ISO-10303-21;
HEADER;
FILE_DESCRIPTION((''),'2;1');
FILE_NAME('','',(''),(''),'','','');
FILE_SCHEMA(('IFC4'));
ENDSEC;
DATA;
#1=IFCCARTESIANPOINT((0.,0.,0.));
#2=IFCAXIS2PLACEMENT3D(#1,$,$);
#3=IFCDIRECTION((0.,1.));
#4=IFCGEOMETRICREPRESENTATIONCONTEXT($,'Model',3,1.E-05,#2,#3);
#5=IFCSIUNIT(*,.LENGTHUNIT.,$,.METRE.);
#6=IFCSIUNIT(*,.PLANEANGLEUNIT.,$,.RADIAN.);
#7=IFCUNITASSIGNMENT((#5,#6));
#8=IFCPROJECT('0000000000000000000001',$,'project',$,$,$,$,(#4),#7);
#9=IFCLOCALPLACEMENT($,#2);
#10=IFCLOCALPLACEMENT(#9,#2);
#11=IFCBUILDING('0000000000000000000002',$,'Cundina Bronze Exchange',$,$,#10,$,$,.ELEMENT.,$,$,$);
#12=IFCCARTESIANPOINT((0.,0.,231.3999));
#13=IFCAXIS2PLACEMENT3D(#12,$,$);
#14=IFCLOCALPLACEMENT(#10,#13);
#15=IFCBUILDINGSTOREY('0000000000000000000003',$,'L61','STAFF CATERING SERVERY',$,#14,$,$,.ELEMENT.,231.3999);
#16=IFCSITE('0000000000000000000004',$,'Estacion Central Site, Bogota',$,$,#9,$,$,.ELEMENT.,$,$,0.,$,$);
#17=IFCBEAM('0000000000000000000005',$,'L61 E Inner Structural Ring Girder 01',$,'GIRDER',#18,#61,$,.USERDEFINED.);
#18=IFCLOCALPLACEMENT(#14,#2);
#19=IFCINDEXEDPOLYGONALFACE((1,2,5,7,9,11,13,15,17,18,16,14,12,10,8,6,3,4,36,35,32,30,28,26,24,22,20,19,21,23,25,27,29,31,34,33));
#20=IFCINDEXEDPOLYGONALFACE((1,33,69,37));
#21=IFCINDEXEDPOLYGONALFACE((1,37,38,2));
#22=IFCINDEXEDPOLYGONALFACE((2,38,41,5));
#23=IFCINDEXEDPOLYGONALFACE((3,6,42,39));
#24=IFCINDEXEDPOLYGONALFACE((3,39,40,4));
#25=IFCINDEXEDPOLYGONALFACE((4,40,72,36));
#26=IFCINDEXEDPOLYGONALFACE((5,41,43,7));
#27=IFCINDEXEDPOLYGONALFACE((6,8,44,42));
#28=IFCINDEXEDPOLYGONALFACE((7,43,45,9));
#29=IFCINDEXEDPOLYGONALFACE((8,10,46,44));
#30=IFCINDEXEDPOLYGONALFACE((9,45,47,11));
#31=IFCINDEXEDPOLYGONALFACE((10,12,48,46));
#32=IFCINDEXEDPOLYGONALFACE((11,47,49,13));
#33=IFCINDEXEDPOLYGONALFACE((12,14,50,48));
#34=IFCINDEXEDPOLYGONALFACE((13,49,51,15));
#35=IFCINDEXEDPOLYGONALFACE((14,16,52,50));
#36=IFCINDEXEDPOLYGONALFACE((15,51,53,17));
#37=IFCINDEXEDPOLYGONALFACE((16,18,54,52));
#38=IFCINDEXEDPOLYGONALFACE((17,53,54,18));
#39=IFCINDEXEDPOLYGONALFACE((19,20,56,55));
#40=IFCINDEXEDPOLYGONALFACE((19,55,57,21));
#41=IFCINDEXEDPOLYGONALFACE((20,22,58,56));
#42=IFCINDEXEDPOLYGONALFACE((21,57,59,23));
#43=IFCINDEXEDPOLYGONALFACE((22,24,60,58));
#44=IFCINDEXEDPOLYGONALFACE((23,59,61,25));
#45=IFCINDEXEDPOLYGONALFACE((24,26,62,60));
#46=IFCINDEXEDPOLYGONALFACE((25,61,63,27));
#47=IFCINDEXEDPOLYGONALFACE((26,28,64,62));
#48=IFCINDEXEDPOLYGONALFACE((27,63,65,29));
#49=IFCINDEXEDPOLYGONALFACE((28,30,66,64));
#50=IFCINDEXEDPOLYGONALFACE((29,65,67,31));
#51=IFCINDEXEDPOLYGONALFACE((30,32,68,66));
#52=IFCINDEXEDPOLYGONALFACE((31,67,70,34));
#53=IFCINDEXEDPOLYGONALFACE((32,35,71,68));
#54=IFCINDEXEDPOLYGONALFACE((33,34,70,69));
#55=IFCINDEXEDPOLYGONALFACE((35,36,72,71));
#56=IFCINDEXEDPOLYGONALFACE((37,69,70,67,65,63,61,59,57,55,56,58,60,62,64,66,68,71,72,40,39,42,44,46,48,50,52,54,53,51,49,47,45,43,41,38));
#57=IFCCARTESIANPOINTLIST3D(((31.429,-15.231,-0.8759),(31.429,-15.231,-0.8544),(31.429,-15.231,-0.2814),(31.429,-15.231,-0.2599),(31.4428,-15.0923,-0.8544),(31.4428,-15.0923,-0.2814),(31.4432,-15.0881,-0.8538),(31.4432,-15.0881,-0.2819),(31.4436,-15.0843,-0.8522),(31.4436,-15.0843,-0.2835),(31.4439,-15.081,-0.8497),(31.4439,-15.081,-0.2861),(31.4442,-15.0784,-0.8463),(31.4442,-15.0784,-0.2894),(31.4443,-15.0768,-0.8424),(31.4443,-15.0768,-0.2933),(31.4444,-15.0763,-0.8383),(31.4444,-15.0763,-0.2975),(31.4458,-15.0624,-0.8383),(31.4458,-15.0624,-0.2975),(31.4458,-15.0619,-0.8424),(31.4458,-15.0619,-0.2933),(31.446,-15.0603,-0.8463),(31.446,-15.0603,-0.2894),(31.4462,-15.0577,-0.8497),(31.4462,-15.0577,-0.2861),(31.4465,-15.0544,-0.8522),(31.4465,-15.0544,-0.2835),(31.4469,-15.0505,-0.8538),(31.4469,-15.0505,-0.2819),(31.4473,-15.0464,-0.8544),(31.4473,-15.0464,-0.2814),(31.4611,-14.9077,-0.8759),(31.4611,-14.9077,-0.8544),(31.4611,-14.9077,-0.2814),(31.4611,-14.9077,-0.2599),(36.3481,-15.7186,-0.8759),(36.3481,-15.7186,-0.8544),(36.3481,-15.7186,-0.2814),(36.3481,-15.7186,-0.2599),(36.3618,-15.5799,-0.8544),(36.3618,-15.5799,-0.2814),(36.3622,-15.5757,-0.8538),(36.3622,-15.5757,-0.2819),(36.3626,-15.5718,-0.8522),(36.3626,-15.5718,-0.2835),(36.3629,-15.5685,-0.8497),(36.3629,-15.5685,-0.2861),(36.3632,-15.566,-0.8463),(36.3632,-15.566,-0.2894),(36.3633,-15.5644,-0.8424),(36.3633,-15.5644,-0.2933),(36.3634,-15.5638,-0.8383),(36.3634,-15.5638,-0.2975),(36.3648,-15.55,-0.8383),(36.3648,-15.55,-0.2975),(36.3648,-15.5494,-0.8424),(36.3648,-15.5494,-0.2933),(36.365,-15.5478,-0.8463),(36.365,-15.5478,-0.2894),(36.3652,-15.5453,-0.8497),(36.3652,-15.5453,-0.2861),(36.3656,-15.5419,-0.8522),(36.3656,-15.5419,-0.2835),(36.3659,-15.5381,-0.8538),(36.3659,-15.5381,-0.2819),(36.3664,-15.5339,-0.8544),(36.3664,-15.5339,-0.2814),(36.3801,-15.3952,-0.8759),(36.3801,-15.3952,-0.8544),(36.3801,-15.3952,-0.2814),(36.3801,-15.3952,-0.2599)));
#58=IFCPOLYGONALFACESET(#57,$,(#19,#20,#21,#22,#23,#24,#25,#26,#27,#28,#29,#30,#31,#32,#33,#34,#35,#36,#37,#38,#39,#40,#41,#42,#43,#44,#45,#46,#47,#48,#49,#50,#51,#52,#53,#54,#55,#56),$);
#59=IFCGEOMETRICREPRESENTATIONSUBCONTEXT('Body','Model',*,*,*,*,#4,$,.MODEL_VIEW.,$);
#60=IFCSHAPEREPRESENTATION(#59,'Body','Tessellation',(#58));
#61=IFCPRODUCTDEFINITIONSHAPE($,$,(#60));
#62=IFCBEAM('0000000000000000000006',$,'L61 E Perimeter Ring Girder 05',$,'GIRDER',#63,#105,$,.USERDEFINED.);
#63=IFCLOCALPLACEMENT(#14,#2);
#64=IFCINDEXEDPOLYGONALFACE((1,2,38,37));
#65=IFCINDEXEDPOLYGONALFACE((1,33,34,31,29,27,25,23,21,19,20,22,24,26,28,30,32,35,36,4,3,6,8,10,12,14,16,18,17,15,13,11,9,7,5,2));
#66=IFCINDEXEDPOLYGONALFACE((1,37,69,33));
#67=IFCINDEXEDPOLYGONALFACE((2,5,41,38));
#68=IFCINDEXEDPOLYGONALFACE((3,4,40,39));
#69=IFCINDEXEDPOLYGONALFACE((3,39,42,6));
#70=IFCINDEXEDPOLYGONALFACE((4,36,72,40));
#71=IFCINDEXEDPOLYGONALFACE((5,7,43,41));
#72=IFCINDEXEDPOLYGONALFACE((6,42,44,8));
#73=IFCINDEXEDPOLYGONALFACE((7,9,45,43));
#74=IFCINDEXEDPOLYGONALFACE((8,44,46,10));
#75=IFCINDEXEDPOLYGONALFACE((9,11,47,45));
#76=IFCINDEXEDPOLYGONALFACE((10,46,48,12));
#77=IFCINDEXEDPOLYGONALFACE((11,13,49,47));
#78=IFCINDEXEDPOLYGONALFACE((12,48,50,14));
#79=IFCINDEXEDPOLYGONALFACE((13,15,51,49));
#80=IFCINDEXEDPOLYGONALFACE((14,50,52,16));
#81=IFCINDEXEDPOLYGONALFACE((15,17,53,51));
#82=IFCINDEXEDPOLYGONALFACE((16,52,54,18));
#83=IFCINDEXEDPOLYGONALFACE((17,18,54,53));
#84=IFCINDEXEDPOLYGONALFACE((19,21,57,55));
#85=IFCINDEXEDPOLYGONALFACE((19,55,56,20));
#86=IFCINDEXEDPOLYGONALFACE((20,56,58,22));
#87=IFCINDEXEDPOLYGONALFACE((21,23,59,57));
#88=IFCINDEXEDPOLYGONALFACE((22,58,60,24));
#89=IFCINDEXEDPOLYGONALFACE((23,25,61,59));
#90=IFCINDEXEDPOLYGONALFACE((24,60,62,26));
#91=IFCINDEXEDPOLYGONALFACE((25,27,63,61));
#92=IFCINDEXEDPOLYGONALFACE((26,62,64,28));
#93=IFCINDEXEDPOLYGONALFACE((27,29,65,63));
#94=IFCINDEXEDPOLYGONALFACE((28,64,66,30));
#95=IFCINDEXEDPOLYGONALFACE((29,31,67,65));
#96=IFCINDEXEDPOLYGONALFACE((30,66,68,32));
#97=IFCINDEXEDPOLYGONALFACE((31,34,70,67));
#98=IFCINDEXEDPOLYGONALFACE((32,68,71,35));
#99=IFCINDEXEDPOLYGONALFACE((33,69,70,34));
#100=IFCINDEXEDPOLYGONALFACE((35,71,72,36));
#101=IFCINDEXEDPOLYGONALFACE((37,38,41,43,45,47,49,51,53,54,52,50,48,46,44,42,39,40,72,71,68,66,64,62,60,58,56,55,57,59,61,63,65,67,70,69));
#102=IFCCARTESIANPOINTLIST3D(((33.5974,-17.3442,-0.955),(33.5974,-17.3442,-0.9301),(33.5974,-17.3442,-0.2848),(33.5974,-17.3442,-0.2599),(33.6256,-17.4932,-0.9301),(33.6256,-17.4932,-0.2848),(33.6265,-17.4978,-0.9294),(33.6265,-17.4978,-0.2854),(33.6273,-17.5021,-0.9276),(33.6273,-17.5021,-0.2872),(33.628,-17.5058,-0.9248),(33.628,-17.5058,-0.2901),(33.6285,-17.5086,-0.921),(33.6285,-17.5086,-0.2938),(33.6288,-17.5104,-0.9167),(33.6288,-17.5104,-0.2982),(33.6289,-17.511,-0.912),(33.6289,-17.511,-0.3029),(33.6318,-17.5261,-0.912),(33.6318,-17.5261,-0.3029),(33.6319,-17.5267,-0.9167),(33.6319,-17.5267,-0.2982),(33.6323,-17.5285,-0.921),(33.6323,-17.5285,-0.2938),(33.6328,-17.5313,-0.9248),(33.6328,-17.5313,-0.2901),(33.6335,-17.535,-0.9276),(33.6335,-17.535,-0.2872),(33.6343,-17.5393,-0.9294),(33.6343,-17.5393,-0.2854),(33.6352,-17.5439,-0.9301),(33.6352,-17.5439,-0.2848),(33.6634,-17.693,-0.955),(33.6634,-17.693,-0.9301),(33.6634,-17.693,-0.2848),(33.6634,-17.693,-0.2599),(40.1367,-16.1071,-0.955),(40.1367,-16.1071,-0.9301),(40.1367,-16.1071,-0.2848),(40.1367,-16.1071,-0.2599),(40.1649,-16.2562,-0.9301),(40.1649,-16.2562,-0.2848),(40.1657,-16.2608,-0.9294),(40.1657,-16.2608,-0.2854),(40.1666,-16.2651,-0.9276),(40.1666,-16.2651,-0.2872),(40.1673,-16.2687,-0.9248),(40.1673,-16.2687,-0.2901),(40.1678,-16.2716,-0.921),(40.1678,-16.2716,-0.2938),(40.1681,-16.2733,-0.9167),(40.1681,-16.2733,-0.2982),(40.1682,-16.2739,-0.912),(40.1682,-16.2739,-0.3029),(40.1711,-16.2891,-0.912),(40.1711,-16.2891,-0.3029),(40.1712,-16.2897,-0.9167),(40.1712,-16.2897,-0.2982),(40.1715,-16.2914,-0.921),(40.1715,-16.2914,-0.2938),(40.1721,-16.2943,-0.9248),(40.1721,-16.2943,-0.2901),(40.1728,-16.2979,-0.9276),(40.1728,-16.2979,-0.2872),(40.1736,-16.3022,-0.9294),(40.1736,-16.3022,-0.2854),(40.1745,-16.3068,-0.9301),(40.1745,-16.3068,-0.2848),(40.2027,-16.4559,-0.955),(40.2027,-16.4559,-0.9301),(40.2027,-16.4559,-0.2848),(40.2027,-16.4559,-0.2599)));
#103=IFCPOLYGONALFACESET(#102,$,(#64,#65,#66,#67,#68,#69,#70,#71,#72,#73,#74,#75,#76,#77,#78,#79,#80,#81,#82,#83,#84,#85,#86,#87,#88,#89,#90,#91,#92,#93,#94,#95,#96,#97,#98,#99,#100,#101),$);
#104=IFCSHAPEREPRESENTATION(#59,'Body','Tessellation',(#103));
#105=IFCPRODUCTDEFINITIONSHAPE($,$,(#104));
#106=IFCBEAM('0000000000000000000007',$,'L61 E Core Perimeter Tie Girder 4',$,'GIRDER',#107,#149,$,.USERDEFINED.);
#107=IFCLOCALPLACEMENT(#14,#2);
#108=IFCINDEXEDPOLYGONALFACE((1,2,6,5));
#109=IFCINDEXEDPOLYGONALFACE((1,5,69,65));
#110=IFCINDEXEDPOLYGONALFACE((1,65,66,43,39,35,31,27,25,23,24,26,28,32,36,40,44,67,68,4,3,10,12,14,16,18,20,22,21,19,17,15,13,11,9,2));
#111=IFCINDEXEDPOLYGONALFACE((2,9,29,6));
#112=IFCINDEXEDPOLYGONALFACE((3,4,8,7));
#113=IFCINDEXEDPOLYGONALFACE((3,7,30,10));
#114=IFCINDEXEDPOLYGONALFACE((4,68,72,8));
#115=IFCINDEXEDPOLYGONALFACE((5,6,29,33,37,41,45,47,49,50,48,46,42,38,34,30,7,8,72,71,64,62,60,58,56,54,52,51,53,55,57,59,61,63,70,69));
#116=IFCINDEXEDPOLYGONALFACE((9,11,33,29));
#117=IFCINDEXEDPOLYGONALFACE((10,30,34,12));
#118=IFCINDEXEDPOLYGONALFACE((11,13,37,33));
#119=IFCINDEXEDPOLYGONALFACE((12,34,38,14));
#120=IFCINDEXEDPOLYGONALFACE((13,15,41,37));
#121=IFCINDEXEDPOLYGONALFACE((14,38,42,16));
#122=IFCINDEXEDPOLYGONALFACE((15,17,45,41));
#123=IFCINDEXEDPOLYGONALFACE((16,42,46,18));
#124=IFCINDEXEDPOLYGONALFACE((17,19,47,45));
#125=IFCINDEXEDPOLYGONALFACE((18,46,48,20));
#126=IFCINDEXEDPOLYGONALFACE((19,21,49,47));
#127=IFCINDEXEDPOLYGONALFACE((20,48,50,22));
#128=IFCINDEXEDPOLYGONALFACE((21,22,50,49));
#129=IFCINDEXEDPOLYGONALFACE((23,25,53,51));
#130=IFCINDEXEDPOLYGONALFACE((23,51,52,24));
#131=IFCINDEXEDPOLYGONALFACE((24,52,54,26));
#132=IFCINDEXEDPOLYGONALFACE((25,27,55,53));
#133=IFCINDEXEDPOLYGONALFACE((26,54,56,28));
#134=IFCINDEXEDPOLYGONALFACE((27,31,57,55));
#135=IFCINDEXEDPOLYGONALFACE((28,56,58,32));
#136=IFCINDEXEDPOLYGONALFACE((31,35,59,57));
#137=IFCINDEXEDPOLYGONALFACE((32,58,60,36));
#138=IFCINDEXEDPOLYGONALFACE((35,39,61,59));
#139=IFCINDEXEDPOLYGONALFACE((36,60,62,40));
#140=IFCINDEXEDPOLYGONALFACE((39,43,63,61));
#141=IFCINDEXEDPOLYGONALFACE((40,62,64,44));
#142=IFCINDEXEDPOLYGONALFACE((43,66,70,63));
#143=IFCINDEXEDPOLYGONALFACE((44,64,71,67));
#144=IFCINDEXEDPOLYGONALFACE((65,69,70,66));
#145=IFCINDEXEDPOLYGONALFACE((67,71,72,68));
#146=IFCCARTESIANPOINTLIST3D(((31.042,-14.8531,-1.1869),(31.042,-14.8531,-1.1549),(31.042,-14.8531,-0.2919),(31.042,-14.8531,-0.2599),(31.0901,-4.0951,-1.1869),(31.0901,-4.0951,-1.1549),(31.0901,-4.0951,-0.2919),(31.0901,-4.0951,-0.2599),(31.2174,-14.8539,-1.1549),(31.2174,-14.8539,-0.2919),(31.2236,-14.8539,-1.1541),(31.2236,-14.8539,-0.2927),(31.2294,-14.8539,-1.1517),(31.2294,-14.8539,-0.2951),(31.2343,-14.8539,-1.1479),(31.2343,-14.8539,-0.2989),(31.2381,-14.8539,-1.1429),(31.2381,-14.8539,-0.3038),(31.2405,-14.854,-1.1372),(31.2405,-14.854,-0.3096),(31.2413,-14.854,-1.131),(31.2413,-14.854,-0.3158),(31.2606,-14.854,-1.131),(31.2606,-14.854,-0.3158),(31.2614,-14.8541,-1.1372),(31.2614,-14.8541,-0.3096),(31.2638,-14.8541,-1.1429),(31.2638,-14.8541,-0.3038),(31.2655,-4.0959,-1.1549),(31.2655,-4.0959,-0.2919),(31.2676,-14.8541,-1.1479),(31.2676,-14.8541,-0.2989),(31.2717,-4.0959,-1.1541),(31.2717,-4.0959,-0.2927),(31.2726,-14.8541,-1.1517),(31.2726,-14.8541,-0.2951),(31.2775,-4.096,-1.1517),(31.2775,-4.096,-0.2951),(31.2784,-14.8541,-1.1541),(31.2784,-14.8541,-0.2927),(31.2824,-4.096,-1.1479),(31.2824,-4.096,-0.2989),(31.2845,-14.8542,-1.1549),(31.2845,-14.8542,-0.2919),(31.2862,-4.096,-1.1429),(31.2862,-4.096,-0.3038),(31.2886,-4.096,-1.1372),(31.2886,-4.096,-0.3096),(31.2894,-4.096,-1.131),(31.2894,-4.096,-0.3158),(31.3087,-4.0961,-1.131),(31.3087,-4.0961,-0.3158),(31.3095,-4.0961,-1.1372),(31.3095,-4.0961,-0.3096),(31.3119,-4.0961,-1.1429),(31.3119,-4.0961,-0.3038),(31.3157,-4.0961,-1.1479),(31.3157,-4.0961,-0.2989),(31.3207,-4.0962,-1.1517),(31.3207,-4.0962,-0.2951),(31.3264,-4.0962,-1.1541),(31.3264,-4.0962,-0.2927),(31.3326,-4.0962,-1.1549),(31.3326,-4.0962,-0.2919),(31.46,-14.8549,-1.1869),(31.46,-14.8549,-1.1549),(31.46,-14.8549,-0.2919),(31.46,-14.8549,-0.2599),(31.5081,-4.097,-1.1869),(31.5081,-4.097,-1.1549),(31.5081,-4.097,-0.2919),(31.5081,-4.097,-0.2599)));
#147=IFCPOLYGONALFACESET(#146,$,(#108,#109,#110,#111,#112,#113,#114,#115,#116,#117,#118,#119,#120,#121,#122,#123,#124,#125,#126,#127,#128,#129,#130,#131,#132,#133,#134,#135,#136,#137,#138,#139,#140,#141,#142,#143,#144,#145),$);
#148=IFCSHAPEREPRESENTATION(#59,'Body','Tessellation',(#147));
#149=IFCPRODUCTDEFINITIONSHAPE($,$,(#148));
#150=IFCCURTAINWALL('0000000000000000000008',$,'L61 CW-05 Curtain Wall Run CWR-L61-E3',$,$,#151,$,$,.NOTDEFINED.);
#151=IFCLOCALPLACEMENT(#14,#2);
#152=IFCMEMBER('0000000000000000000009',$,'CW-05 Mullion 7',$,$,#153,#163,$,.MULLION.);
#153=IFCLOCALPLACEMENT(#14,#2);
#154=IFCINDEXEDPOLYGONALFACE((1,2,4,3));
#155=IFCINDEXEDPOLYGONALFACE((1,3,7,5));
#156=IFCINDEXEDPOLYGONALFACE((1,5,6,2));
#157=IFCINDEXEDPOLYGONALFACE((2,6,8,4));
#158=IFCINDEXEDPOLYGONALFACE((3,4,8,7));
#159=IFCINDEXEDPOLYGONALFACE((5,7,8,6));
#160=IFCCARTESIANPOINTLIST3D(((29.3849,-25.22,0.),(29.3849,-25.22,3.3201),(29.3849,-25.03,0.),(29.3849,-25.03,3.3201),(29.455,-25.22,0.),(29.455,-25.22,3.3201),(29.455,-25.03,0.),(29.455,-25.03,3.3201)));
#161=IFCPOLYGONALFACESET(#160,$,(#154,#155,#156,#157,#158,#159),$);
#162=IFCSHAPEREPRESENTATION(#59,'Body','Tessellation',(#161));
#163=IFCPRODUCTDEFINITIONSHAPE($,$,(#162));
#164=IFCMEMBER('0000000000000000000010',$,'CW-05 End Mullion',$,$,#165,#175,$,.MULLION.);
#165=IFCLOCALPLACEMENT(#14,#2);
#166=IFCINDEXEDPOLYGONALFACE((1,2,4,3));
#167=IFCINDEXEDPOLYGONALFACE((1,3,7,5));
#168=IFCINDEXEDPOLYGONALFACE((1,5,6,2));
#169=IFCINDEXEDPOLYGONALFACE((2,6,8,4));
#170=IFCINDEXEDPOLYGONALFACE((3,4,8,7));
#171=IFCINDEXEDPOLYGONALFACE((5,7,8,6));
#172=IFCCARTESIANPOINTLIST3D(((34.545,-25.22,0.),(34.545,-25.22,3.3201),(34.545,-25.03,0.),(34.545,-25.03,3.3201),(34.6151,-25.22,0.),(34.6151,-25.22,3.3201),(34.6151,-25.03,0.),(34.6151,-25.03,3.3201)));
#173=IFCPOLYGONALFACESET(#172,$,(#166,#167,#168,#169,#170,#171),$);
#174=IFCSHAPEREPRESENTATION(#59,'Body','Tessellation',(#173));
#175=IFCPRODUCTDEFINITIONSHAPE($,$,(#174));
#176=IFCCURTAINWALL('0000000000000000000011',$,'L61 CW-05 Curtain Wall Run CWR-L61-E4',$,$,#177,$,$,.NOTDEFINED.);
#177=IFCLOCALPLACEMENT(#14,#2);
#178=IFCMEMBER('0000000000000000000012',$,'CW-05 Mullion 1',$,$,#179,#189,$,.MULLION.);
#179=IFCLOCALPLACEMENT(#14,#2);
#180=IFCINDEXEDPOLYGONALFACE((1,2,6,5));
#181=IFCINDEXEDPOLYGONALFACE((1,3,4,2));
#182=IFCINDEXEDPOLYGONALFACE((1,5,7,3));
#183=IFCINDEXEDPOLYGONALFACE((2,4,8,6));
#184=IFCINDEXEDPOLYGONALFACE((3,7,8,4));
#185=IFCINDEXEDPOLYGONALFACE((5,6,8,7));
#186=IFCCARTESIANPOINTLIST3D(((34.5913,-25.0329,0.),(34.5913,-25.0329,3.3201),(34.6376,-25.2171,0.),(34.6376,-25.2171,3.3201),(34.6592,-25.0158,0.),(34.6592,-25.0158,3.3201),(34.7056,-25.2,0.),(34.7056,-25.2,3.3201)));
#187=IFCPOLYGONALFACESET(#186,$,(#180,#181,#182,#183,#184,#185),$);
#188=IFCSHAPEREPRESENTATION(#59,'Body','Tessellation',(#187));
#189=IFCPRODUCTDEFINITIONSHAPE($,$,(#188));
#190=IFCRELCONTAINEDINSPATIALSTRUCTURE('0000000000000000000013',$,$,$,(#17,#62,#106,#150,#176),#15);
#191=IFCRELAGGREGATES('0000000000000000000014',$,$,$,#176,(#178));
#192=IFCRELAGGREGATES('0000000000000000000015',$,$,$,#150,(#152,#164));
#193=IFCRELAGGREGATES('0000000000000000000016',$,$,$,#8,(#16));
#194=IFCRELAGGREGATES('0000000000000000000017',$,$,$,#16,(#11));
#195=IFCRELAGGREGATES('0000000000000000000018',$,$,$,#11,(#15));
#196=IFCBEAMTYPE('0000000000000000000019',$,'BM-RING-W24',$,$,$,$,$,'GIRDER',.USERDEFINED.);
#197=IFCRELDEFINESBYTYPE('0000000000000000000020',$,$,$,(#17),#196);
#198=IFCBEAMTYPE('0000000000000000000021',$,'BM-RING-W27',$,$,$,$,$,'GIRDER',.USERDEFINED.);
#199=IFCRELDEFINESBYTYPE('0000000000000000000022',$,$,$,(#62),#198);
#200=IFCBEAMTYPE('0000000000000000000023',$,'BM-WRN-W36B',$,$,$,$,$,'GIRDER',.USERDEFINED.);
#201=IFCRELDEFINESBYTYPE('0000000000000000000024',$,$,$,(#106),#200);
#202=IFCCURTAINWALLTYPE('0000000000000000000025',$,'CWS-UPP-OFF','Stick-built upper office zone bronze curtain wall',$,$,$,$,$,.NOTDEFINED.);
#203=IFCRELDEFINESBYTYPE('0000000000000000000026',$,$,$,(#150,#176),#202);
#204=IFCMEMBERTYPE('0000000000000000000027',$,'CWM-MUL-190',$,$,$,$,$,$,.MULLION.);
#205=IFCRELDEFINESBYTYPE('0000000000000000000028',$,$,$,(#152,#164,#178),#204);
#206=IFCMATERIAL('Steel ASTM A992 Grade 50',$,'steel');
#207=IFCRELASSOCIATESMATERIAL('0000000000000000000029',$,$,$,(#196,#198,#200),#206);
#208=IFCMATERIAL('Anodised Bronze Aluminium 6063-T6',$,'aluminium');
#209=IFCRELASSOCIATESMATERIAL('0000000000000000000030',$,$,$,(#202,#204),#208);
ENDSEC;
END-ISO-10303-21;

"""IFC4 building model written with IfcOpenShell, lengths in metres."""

from ifc_helpers import new_model, si_unit, direction, frame, origin, origin_2d, place, context, subcontext, project, spatial, rectangle, i_section, extrude, material, material_profile, profile_set, type_object, element, aggregate, save


model = new_model("IFC4")

# Units and contexts
model_context = context("Model", 3, precision=1e-05, world=origin(), true_north=direction((0.0, 1.0)))
body_context = subcontext(model_context, "Body", "Model", "MODEL_VIEW")
ifc_project = project(units=[si_unit("LENGTHUNIT", "METRE"), si_unit("PLANEANGLEUNIT", "RADIAN")], contexts=[model_context])

# Site, building, storey
site_placement = place(None, origin())
site = spatial("IfcSite", under=ifc_project, at=site_placement, Name="Estacion Central Site, Bogota", CompositionType="ELEMENT", RefElevation=0.0)
building_placement = place(site_placement, origin())
building = spatial("IfcBuilding", under=site, at=building_placement, Name="Cundina Bronze Exchange", CompositionType="ELEMENT")
storey_placement = place(building_placement, frame((0.0, 0.0, 231.3999)))
storey = spatial("IfcBuildingStorey", under=building, at=storey_placement, Name="L61", Description="STAFF CATERING SERVERY", CompositionType="ELEMENT", Elevation=231.3999)

# Shared definitions
ifc_material_1 = material(Name="Steel ASTM A992 Grade 50", Category="steel")

# Beams
ifc_material_profile_1 = material_profile(ifc_material_1, i_section(OverallWidth=0.325, OverallDepth=0.616, WebThickness=0.0139, FlangeThickness=0.0215, FilletRadius=0.0161, at=origin_2d()), Name="W24X117", Category="steel")
ifc_profile_set_1 = profile_set([ifc_material_profile_1], Name="Steel ASTM A992 Grade 50")
beam_type_1 = type_object("IfcBeamType", Name="BM-RING-W24", ElementType="GIRDER", PredefinedType="USERDEFINED", material=ifc_profile_set_1)
beam_1_placement = place(storey_placement, frame((31.4451, -15.0693, -0.5679), z_axis=(0.995124, -0.098633, 0.0), x_axis=(0.098633, 0.995124, 0.0)))
element("IfcBeam", 1, at=beam_1_placement, inside=storey, type_object=beam_type_1, Name="L61 E Inner Structural Ring Girder 01", ObjectType="GIRDER", PredefinedType="USERDEFINED", context=body_context, shape_type="SweptSolid", body=[
    extrude(i_section(OverallWidth=0.325, OverallDepth=0.616, WebThickness=0.0139, FlangeThickness=0.0215, FilletRadius=0.0161, at=origin_2d()), origin(), (0.0, 0.0, 1.0), 4.9431),
])
ifc_material_profile_2 = material_profile(ifc_material_1, i_section(OverallWidth=0.355, OverallDepth=0.6951, WebThickness=0.0154, FlangeThickness=0.0249, FilletRadius=0.0181, at=origin_2d()), Name="W27X146", Category="steel")
ifc_profile_set_2 = profile_set([ifc_material_profile_2], Name="Steel ASTM A992 Grade 50")
beam_type_2 = type_object("IfcBeamType", Name="BM-RING-W27", ElementType="GIRDER", PredefinedType="USERDEFINED", material=ifc_profile_set_2)
beam_2_placement = place(storey_placement, frame((33.6304, -17.5186, -0.6074), z_axis=(0.982573, 0.185876, 0.0), x_axis=(-0.185876, 0.982573, 0.0)))
element("IfcBeam", 2, at=beam_2_placement, inside=storey, type_object=beam_type_2, Name="L61 E Perimeter Ring Girder 05", ObjectType="GIRDER", PredefinedType="USERDEFINED", context=body_context, shape_type="SweptSolid", body=[
    extrude(i_section(OverallWidth=0.355, OverallDepth=0.6951, WebThickness=0.0154, FlangeThickness=0.0249, FilletRadius=0.0181, at=origin_2d()), origin(), (0.0, 0.0, 1.0), 6.6553),
])
ifc_material_profile_3 = material_profile(ifc_material_1, i_section(OverallWidth=0.418, OverallDepth=0.927, WebThickness=0.0193, FlangeThickness=0.032, FilletRadius=0.0239, at=origin_2d()), Name="W36X231", Category="steel")
ifc_profile_set_3 = profile_set([ifc_material_profile_3], Name="Steel ASTM A992 Grade 50")
beam_type_3 = type_object("IfcBeamType", Name="BM-WRN-W36B", ElementType="GIRDER", PredefinedType="USERDEFINED", material=ifc_profile_set_3)
beam_3_placement = place(storey_placement, frame((31.251, -14.854, -0.7234), z_axis=(0.004471, 0.99999, 0.0), x_axis=(-0.99999, 0.004471, 0.0)))
element("IfcBeam", 3, at=beam_3_placement, inside=storey, type_object=beam_type_3, Name="L61 E Core Perimeter Tie Girder 4", ObjectType="GIRDER", PredefinedType="USERDEFINED", context=body_context, shape_type="SweptSolid", body=[
    extrude(i_section(OverallWidth=0.418, OverallDepth=0.927, WebThickness=0.0193, FlangeThickness=0.032, FilletRadius=0.0239, at=origin_2d()), origin(), (0.0, 0.0, 1.0), 10.7581),
])

# Curtain wall, members
ifc_material_2 = material(Name="Anodised Bronze Aluminium 6063-T6", Category="aluminium")
curtain_wall_type = type_object("IfcCurtainWallType", Name="CWS-UPP-OFF", Description="Stick-built upper office zone bronze curtain wall", PredefinedType="NOTDEFINED", material=ifc_material_2)
curtain_wall_1_placement = place(storey_placement, origin())
curtain_wall_1 = element("IfcCurtainWall", 4, at=curtain_wall_1_placement, inside=storey, type_object=curtain_wall_type, Name="L61 CW-05 Curtain Wall Run CWR-L61-E3", PredefinedType="NOTDEFINED")
ifc_material_profile_4 = material_profile(ifc_material_2, rectangle(XDim=0.0701, YDim=0.1899, at=origin_2d()), Name="AL70X190", Category="aluminium")
ifc_profile_set_4 = profile_set([ifc_material_profile_4], Name="Anodised Bronze Aluminium 6063-T6")
member_type_1 = type_object("IfcMemberType", Name="CWM-MUL-190", PredefinedType="MULLION", material=ifc_profile_set_4)
member_1_placement = place(storey_placement, frame((29.4199, -25.125, 0.0), z_axis=(0.0, 0.0, 1.0), x_axis=(1.0, 0.0, 0.0)))
member_1 = element("IfcMember", 5, at=member_1_placement, type_object=member_type_1, Name="CW-05 Mullion 7", PredefinedType="MULLION", context=body_context, shape_type="SweptSolid", body=[
    extrude(rectangle(XDim=0.0701, YDim=0.1899, at=origin_2d()), origin(), (0.0, 0.0, 1.0), 3.3201),
])
member_2_placement = place(storey_placement, frame((34.5801, -25.125, 0.0), z_axis=(0.0, 0.0, 1.0), x_axis=(1.0, 0.0, 0.0)))
member_2 = element("IfcMember", 6, at=member_2_placement, type_object=member_type_1, Name="CW-05 End Mullion", PredefinedType="MULLION", context=body_context, shape_type="SweptSolid", body=[
    extrude(rectangle(XDim=0.0701, YDim=0.1899, at=origin_2d()), origin(), (0.0, 0.0, 1.0), 3.3201),
])

# Curtain wall, member
curtain_wall_2_placement = place(storey_placement, origin())
curtain_wall_2 = element("IfcCurtainWall", 7, at=curtain_wall_2_placement, inside=storey, type_object=curtain_wall_type, Name="L61 CW-05 Curtain Wall Run CWR-L61-E4", PredefinedType="NOTDEFINED")
member_3_placement = place(storey_placement, frame((34.6484, -25.1165, 0.0), z_axis=(0.0, 0.0, 1.0), x_axis=(0.969744, 0.244123, 0.0)))
member_3 = element("IfcMember", 8, at=member_3_placement, type_object=member_type_1, Name="CW-05 Mullion 1", PredefinedType="MULLION", context=body_context, shape_type="SweptSolid", body=[
    extrude(rectangle(XDim=0.0701, YDim=0.1899, at=origin_2d()), origin(), (0.0, 0.0, 1.0), 3.3201),
])
aggregate(curtain_wall_2, [member_3])

aggregate(curtain_wall_1, [member_1, member_2])

save(model, "model.ifc")
